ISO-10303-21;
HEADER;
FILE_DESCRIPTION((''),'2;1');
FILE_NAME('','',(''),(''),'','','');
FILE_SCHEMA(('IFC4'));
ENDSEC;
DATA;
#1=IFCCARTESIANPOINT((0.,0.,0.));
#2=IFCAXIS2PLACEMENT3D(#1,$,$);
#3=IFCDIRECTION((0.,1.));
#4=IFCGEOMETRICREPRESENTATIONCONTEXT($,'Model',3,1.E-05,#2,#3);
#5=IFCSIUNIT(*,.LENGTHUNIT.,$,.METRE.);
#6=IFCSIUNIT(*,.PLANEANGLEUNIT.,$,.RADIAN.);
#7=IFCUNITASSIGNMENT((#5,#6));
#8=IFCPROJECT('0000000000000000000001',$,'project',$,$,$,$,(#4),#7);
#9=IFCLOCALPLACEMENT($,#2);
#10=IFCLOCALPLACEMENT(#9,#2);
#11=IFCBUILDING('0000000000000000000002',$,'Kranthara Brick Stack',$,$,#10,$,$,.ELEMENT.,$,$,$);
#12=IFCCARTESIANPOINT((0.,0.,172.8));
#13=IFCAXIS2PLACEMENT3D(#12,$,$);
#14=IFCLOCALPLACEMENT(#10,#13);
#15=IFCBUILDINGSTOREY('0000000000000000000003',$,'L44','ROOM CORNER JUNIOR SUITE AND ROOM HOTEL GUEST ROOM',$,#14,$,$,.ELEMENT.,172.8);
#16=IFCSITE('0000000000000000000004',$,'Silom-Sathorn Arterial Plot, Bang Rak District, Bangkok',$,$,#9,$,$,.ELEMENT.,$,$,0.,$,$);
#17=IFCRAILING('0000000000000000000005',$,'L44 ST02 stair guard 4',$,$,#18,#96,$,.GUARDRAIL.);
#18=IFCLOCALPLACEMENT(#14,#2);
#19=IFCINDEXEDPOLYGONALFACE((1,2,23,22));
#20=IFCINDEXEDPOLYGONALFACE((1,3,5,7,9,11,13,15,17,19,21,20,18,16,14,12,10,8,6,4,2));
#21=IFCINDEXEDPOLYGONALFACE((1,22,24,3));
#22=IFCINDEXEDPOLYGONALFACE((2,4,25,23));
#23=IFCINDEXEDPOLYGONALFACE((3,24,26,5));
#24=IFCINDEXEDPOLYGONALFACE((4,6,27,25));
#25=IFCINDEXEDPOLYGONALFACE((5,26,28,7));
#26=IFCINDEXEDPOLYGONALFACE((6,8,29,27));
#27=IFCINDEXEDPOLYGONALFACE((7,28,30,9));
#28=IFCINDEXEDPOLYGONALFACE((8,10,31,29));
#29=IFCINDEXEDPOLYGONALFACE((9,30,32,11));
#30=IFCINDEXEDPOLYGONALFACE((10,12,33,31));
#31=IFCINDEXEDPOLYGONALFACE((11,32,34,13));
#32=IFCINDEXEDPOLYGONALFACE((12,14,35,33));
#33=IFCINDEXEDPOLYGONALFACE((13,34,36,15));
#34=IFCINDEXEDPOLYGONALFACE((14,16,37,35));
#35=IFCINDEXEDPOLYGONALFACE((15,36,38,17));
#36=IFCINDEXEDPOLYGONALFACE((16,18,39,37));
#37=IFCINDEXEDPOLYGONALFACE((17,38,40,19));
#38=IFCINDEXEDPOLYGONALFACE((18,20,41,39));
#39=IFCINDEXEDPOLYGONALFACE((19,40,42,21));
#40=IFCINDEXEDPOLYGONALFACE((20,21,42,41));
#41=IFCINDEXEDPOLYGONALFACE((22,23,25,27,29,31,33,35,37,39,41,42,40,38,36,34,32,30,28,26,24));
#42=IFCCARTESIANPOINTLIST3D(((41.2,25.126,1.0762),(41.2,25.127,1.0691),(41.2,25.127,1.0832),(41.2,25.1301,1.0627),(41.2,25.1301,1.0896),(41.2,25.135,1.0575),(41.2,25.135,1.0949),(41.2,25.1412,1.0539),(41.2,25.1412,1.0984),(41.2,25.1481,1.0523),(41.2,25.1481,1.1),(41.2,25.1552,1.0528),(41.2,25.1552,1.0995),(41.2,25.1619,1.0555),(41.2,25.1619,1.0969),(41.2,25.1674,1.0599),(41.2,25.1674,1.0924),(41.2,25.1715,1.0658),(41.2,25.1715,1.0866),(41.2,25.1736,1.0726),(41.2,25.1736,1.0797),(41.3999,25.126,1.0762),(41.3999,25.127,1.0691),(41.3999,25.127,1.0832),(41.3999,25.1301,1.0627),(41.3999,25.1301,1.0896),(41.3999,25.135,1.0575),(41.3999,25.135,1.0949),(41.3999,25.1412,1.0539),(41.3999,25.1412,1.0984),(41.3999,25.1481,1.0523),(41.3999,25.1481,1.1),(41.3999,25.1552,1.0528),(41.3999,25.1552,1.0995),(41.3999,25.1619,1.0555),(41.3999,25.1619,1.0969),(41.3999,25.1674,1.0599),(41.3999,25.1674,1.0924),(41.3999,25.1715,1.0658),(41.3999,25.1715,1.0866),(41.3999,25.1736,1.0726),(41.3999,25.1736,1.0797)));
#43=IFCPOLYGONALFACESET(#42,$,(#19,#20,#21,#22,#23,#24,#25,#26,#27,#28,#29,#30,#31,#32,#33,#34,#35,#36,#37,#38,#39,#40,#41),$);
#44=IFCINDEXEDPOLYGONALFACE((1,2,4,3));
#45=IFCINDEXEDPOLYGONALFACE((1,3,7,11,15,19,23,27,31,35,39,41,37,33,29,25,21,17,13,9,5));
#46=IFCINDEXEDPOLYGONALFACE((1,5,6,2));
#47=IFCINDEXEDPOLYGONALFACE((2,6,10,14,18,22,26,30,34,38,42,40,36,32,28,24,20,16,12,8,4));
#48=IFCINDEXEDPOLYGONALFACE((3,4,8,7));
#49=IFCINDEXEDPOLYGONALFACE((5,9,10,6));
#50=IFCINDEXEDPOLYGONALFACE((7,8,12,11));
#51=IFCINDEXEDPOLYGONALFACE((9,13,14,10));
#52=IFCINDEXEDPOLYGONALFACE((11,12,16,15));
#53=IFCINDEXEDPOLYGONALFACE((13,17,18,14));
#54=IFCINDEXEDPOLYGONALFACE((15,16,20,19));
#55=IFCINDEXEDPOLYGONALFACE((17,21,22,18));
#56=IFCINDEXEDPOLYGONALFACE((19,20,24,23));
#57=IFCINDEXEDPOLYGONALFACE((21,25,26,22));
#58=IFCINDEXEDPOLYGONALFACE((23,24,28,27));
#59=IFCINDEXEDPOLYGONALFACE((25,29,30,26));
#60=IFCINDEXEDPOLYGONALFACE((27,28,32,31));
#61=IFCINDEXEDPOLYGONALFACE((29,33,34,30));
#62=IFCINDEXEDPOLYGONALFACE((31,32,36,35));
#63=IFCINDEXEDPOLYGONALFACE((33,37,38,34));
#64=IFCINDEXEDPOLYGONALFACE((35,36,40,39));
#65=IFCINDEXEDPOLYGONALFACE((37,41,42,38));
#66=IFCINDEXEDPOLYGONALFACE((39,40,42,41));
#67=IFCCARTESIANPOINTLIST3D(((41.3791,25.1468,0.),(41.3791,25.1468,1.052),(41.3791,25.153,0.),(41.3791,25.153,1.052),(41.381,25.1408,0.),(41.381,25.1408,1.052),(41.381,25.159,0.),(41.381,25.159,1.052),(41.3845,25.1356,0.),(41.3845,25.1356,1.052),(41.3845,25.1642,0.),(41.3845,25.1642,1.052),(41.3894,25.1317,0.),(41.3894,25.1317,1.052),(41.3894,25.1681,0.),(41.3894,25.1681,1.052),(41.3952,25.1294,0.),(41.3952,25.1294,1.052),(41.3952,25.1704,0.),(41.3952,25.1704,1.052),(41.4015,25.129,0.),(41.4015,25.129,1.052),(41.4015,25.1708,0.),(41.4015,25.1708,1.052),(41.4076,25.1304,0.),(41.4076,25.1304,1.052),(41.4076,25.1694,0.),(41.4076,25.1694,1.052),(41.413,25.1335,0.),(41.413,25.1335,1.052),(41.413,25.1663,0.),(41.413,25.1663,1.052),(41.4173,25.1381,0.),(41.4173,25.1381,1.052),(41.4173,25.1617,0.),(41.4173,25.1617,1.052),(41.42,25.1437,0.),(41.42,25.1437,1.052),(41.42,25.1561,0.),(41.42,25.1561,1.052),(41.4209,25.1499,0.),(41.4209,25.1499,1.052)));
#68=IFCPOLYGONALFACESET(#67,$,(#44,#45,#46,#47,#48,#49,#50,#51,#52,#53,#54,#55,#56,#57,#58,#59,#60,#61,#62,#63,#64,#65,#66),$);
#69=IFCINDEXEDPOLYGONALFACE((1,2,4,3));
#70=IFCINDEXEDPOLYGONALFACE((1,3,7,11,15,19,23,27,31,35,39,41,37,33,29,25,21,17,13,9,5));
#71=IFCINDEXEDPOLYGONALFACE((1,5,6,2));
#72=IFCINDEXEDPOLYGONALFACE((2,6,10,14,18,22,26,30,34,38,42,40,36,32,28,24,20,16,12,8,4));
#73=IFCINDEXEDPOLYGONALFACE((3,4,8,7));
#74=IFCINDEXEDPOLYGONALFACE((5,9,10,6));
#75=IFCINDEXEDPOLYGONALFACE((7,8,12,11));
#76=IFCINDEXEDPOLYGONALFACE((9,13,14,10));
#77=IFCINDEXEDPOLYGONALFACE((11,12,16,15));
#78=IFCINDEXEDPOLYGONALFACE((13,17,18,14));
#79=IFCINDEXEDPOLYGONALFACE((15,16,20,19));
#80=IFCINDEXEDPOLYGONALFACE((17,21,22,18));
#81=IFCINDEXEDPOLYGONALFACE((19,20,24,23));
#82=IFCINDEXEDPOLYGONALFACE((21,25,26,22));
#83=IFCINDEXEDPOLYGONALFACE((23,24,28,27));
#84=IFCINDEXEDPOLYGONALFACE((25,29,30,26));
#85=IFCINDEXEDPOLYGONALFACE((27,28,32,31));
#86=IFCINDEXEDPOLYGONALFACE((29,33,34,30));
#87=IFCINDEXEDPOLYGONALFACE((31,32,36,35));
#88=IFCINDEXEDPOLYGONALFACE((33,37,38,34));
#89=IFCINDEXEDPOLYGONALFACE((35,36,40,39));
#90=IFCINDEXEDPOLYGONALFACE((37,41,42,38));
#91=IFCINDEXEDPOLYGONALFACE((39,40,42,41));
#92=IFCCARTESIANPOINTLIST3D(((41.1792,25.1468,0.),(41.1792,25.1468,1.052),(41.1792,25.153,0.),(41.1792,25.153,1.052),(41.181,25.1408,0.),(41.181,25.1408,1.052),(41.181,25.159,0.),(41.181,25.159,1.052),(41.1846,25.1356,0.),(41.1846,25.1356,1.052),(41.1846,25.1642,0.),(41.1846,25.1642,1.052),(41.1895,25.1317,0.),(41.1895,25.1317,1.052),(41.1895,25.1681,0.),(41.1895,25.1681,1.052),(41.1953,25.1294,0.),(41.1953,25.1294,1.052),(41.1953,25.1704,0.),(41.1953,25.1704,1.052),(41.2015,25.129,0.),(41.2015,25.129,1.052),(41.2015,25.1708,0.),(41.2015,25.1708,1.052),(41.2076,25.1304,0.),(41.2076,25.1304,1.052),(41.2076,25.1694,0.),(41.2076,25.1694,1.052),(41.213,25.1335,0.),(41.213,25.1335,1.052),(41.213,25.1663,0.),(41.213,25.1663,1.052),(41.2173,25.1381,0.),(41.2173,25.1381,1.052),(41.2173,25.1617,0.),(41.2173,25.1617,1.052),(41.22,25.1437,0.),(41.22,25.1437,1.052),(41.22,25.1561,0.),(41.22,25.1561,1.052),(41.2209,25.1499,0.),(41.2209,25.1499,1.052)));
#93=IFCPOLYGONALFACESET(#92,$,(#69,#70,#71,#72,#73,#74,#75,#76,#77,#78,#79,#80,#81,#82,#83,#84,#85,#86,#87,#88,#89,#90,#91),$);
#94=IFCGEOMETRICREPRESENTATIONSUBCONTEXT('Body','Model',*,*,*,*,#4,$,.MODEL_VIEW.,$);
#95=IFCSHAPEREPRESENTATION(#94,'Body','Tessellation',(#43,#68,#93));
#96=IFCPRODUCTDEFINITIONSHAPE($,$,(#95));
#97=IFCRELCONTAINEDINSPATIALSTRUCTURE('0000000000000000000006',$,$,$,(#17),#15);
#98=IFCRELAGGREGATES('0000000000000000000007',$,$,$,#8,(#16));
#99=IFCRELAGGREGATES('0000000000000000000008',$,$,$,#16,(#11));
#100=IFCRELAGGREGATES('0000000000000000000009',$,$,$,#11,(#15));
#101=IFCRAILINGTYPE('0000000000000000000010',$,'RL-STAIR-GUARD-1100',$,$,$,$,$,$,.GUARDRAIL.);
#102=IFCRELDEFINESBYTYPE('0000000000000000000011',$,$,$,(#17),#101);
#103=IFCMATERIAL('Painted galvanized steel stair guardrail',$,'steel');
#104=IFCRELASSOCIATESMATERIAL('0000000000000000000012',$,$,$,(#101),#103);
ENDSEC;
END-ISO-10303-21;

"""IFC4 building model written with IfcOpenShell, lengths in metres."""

from ifc_helpers import new_model, si_unit, direction, frame, origin, origin_2d, place, context, subcontext, project, spatial, circle, extrude, material, type_object, element, save


model = new_model("IFC4")

# Units and contexts
model_context = context("Model", 3, precision=1e-05, world=origin(), true_north=direction((0.0, 1.0)))
body_context = subcontext(model_context, "Body", "Model", "MODEL_VIEW")
ifc_project = project(units=[si_unit("LENGTHUNIT", "METRE"), si_unit("PLANEANGLEUNIT", "RADIAN")], contexts=[model_context])

# Site, building, storey
site_placement = place(None, origin())
site = spatial("IfcSite", under=ifc_project, at=site_placement, Name="Silom-Sathorn Arterial Plot, Bang Rak District, Bangkok", CompositionType="ELEMENT", RefElevation=0.0)
building_placement = place(site_placement, origin())
building = spatial("IfcBuilding", under=site, at=building_placement, Name="Kranthara Brick Stack", CompositionType="ELEMENT")
storey_placement = place(building_placement, frame((0.0, 0.0, 172.8)))
storey = spatial("IfcBuildingStorey", under=building, at=storey_placement, Name="L44", Description="ROOM CORNER JUNIOR SUITE AND ROOM HOTEL GUEST ROOM", CompositionType="ELEMENT", Elevation=172.8)

# Railing
ifc_material_1 = material(Name="Painted galvanized steel stair guardrail", Category="steel")
railing_type_1 = type_object("IfcRailingType", Name="RL-STAIR-GUARD-1100", PredefinedType="GUARDRAIL", material=ifc_material_1)
railing_1_placement = place(storey_placement, frame((41.3999, 25.1499, 0.0)))
element("IfcRailing", 1, at=railing_1_placement, inside=storey, type_object=railing_type_1, Name="L44 ST02 stair guard 4", PredefinedType="GUARDRAIL", context=body_context, shape_type="SweptSolid", body=[
    extrude(circle(Radius=0.0239, at=origin_2d()), frame((0.0, 0.0, 1.0762), z_axis=(-1.0, 0.0, 0.0), x_axis=(0.0, -1.0, 0.0)), (0.0, 0.0, 1.0), 0.2),
    extrude(circle(Radius=0.021, at=origin_2d()), origin(), (0.0, 0.0, 1.0), 1.052),
    extrude(circle(Radius=0.021, at=origin_2d()), frame((-0.2, 0.0, 0.0)), (0.0, 0.0, 1.0), 1.052),
])

save(model, "model.ifc")
